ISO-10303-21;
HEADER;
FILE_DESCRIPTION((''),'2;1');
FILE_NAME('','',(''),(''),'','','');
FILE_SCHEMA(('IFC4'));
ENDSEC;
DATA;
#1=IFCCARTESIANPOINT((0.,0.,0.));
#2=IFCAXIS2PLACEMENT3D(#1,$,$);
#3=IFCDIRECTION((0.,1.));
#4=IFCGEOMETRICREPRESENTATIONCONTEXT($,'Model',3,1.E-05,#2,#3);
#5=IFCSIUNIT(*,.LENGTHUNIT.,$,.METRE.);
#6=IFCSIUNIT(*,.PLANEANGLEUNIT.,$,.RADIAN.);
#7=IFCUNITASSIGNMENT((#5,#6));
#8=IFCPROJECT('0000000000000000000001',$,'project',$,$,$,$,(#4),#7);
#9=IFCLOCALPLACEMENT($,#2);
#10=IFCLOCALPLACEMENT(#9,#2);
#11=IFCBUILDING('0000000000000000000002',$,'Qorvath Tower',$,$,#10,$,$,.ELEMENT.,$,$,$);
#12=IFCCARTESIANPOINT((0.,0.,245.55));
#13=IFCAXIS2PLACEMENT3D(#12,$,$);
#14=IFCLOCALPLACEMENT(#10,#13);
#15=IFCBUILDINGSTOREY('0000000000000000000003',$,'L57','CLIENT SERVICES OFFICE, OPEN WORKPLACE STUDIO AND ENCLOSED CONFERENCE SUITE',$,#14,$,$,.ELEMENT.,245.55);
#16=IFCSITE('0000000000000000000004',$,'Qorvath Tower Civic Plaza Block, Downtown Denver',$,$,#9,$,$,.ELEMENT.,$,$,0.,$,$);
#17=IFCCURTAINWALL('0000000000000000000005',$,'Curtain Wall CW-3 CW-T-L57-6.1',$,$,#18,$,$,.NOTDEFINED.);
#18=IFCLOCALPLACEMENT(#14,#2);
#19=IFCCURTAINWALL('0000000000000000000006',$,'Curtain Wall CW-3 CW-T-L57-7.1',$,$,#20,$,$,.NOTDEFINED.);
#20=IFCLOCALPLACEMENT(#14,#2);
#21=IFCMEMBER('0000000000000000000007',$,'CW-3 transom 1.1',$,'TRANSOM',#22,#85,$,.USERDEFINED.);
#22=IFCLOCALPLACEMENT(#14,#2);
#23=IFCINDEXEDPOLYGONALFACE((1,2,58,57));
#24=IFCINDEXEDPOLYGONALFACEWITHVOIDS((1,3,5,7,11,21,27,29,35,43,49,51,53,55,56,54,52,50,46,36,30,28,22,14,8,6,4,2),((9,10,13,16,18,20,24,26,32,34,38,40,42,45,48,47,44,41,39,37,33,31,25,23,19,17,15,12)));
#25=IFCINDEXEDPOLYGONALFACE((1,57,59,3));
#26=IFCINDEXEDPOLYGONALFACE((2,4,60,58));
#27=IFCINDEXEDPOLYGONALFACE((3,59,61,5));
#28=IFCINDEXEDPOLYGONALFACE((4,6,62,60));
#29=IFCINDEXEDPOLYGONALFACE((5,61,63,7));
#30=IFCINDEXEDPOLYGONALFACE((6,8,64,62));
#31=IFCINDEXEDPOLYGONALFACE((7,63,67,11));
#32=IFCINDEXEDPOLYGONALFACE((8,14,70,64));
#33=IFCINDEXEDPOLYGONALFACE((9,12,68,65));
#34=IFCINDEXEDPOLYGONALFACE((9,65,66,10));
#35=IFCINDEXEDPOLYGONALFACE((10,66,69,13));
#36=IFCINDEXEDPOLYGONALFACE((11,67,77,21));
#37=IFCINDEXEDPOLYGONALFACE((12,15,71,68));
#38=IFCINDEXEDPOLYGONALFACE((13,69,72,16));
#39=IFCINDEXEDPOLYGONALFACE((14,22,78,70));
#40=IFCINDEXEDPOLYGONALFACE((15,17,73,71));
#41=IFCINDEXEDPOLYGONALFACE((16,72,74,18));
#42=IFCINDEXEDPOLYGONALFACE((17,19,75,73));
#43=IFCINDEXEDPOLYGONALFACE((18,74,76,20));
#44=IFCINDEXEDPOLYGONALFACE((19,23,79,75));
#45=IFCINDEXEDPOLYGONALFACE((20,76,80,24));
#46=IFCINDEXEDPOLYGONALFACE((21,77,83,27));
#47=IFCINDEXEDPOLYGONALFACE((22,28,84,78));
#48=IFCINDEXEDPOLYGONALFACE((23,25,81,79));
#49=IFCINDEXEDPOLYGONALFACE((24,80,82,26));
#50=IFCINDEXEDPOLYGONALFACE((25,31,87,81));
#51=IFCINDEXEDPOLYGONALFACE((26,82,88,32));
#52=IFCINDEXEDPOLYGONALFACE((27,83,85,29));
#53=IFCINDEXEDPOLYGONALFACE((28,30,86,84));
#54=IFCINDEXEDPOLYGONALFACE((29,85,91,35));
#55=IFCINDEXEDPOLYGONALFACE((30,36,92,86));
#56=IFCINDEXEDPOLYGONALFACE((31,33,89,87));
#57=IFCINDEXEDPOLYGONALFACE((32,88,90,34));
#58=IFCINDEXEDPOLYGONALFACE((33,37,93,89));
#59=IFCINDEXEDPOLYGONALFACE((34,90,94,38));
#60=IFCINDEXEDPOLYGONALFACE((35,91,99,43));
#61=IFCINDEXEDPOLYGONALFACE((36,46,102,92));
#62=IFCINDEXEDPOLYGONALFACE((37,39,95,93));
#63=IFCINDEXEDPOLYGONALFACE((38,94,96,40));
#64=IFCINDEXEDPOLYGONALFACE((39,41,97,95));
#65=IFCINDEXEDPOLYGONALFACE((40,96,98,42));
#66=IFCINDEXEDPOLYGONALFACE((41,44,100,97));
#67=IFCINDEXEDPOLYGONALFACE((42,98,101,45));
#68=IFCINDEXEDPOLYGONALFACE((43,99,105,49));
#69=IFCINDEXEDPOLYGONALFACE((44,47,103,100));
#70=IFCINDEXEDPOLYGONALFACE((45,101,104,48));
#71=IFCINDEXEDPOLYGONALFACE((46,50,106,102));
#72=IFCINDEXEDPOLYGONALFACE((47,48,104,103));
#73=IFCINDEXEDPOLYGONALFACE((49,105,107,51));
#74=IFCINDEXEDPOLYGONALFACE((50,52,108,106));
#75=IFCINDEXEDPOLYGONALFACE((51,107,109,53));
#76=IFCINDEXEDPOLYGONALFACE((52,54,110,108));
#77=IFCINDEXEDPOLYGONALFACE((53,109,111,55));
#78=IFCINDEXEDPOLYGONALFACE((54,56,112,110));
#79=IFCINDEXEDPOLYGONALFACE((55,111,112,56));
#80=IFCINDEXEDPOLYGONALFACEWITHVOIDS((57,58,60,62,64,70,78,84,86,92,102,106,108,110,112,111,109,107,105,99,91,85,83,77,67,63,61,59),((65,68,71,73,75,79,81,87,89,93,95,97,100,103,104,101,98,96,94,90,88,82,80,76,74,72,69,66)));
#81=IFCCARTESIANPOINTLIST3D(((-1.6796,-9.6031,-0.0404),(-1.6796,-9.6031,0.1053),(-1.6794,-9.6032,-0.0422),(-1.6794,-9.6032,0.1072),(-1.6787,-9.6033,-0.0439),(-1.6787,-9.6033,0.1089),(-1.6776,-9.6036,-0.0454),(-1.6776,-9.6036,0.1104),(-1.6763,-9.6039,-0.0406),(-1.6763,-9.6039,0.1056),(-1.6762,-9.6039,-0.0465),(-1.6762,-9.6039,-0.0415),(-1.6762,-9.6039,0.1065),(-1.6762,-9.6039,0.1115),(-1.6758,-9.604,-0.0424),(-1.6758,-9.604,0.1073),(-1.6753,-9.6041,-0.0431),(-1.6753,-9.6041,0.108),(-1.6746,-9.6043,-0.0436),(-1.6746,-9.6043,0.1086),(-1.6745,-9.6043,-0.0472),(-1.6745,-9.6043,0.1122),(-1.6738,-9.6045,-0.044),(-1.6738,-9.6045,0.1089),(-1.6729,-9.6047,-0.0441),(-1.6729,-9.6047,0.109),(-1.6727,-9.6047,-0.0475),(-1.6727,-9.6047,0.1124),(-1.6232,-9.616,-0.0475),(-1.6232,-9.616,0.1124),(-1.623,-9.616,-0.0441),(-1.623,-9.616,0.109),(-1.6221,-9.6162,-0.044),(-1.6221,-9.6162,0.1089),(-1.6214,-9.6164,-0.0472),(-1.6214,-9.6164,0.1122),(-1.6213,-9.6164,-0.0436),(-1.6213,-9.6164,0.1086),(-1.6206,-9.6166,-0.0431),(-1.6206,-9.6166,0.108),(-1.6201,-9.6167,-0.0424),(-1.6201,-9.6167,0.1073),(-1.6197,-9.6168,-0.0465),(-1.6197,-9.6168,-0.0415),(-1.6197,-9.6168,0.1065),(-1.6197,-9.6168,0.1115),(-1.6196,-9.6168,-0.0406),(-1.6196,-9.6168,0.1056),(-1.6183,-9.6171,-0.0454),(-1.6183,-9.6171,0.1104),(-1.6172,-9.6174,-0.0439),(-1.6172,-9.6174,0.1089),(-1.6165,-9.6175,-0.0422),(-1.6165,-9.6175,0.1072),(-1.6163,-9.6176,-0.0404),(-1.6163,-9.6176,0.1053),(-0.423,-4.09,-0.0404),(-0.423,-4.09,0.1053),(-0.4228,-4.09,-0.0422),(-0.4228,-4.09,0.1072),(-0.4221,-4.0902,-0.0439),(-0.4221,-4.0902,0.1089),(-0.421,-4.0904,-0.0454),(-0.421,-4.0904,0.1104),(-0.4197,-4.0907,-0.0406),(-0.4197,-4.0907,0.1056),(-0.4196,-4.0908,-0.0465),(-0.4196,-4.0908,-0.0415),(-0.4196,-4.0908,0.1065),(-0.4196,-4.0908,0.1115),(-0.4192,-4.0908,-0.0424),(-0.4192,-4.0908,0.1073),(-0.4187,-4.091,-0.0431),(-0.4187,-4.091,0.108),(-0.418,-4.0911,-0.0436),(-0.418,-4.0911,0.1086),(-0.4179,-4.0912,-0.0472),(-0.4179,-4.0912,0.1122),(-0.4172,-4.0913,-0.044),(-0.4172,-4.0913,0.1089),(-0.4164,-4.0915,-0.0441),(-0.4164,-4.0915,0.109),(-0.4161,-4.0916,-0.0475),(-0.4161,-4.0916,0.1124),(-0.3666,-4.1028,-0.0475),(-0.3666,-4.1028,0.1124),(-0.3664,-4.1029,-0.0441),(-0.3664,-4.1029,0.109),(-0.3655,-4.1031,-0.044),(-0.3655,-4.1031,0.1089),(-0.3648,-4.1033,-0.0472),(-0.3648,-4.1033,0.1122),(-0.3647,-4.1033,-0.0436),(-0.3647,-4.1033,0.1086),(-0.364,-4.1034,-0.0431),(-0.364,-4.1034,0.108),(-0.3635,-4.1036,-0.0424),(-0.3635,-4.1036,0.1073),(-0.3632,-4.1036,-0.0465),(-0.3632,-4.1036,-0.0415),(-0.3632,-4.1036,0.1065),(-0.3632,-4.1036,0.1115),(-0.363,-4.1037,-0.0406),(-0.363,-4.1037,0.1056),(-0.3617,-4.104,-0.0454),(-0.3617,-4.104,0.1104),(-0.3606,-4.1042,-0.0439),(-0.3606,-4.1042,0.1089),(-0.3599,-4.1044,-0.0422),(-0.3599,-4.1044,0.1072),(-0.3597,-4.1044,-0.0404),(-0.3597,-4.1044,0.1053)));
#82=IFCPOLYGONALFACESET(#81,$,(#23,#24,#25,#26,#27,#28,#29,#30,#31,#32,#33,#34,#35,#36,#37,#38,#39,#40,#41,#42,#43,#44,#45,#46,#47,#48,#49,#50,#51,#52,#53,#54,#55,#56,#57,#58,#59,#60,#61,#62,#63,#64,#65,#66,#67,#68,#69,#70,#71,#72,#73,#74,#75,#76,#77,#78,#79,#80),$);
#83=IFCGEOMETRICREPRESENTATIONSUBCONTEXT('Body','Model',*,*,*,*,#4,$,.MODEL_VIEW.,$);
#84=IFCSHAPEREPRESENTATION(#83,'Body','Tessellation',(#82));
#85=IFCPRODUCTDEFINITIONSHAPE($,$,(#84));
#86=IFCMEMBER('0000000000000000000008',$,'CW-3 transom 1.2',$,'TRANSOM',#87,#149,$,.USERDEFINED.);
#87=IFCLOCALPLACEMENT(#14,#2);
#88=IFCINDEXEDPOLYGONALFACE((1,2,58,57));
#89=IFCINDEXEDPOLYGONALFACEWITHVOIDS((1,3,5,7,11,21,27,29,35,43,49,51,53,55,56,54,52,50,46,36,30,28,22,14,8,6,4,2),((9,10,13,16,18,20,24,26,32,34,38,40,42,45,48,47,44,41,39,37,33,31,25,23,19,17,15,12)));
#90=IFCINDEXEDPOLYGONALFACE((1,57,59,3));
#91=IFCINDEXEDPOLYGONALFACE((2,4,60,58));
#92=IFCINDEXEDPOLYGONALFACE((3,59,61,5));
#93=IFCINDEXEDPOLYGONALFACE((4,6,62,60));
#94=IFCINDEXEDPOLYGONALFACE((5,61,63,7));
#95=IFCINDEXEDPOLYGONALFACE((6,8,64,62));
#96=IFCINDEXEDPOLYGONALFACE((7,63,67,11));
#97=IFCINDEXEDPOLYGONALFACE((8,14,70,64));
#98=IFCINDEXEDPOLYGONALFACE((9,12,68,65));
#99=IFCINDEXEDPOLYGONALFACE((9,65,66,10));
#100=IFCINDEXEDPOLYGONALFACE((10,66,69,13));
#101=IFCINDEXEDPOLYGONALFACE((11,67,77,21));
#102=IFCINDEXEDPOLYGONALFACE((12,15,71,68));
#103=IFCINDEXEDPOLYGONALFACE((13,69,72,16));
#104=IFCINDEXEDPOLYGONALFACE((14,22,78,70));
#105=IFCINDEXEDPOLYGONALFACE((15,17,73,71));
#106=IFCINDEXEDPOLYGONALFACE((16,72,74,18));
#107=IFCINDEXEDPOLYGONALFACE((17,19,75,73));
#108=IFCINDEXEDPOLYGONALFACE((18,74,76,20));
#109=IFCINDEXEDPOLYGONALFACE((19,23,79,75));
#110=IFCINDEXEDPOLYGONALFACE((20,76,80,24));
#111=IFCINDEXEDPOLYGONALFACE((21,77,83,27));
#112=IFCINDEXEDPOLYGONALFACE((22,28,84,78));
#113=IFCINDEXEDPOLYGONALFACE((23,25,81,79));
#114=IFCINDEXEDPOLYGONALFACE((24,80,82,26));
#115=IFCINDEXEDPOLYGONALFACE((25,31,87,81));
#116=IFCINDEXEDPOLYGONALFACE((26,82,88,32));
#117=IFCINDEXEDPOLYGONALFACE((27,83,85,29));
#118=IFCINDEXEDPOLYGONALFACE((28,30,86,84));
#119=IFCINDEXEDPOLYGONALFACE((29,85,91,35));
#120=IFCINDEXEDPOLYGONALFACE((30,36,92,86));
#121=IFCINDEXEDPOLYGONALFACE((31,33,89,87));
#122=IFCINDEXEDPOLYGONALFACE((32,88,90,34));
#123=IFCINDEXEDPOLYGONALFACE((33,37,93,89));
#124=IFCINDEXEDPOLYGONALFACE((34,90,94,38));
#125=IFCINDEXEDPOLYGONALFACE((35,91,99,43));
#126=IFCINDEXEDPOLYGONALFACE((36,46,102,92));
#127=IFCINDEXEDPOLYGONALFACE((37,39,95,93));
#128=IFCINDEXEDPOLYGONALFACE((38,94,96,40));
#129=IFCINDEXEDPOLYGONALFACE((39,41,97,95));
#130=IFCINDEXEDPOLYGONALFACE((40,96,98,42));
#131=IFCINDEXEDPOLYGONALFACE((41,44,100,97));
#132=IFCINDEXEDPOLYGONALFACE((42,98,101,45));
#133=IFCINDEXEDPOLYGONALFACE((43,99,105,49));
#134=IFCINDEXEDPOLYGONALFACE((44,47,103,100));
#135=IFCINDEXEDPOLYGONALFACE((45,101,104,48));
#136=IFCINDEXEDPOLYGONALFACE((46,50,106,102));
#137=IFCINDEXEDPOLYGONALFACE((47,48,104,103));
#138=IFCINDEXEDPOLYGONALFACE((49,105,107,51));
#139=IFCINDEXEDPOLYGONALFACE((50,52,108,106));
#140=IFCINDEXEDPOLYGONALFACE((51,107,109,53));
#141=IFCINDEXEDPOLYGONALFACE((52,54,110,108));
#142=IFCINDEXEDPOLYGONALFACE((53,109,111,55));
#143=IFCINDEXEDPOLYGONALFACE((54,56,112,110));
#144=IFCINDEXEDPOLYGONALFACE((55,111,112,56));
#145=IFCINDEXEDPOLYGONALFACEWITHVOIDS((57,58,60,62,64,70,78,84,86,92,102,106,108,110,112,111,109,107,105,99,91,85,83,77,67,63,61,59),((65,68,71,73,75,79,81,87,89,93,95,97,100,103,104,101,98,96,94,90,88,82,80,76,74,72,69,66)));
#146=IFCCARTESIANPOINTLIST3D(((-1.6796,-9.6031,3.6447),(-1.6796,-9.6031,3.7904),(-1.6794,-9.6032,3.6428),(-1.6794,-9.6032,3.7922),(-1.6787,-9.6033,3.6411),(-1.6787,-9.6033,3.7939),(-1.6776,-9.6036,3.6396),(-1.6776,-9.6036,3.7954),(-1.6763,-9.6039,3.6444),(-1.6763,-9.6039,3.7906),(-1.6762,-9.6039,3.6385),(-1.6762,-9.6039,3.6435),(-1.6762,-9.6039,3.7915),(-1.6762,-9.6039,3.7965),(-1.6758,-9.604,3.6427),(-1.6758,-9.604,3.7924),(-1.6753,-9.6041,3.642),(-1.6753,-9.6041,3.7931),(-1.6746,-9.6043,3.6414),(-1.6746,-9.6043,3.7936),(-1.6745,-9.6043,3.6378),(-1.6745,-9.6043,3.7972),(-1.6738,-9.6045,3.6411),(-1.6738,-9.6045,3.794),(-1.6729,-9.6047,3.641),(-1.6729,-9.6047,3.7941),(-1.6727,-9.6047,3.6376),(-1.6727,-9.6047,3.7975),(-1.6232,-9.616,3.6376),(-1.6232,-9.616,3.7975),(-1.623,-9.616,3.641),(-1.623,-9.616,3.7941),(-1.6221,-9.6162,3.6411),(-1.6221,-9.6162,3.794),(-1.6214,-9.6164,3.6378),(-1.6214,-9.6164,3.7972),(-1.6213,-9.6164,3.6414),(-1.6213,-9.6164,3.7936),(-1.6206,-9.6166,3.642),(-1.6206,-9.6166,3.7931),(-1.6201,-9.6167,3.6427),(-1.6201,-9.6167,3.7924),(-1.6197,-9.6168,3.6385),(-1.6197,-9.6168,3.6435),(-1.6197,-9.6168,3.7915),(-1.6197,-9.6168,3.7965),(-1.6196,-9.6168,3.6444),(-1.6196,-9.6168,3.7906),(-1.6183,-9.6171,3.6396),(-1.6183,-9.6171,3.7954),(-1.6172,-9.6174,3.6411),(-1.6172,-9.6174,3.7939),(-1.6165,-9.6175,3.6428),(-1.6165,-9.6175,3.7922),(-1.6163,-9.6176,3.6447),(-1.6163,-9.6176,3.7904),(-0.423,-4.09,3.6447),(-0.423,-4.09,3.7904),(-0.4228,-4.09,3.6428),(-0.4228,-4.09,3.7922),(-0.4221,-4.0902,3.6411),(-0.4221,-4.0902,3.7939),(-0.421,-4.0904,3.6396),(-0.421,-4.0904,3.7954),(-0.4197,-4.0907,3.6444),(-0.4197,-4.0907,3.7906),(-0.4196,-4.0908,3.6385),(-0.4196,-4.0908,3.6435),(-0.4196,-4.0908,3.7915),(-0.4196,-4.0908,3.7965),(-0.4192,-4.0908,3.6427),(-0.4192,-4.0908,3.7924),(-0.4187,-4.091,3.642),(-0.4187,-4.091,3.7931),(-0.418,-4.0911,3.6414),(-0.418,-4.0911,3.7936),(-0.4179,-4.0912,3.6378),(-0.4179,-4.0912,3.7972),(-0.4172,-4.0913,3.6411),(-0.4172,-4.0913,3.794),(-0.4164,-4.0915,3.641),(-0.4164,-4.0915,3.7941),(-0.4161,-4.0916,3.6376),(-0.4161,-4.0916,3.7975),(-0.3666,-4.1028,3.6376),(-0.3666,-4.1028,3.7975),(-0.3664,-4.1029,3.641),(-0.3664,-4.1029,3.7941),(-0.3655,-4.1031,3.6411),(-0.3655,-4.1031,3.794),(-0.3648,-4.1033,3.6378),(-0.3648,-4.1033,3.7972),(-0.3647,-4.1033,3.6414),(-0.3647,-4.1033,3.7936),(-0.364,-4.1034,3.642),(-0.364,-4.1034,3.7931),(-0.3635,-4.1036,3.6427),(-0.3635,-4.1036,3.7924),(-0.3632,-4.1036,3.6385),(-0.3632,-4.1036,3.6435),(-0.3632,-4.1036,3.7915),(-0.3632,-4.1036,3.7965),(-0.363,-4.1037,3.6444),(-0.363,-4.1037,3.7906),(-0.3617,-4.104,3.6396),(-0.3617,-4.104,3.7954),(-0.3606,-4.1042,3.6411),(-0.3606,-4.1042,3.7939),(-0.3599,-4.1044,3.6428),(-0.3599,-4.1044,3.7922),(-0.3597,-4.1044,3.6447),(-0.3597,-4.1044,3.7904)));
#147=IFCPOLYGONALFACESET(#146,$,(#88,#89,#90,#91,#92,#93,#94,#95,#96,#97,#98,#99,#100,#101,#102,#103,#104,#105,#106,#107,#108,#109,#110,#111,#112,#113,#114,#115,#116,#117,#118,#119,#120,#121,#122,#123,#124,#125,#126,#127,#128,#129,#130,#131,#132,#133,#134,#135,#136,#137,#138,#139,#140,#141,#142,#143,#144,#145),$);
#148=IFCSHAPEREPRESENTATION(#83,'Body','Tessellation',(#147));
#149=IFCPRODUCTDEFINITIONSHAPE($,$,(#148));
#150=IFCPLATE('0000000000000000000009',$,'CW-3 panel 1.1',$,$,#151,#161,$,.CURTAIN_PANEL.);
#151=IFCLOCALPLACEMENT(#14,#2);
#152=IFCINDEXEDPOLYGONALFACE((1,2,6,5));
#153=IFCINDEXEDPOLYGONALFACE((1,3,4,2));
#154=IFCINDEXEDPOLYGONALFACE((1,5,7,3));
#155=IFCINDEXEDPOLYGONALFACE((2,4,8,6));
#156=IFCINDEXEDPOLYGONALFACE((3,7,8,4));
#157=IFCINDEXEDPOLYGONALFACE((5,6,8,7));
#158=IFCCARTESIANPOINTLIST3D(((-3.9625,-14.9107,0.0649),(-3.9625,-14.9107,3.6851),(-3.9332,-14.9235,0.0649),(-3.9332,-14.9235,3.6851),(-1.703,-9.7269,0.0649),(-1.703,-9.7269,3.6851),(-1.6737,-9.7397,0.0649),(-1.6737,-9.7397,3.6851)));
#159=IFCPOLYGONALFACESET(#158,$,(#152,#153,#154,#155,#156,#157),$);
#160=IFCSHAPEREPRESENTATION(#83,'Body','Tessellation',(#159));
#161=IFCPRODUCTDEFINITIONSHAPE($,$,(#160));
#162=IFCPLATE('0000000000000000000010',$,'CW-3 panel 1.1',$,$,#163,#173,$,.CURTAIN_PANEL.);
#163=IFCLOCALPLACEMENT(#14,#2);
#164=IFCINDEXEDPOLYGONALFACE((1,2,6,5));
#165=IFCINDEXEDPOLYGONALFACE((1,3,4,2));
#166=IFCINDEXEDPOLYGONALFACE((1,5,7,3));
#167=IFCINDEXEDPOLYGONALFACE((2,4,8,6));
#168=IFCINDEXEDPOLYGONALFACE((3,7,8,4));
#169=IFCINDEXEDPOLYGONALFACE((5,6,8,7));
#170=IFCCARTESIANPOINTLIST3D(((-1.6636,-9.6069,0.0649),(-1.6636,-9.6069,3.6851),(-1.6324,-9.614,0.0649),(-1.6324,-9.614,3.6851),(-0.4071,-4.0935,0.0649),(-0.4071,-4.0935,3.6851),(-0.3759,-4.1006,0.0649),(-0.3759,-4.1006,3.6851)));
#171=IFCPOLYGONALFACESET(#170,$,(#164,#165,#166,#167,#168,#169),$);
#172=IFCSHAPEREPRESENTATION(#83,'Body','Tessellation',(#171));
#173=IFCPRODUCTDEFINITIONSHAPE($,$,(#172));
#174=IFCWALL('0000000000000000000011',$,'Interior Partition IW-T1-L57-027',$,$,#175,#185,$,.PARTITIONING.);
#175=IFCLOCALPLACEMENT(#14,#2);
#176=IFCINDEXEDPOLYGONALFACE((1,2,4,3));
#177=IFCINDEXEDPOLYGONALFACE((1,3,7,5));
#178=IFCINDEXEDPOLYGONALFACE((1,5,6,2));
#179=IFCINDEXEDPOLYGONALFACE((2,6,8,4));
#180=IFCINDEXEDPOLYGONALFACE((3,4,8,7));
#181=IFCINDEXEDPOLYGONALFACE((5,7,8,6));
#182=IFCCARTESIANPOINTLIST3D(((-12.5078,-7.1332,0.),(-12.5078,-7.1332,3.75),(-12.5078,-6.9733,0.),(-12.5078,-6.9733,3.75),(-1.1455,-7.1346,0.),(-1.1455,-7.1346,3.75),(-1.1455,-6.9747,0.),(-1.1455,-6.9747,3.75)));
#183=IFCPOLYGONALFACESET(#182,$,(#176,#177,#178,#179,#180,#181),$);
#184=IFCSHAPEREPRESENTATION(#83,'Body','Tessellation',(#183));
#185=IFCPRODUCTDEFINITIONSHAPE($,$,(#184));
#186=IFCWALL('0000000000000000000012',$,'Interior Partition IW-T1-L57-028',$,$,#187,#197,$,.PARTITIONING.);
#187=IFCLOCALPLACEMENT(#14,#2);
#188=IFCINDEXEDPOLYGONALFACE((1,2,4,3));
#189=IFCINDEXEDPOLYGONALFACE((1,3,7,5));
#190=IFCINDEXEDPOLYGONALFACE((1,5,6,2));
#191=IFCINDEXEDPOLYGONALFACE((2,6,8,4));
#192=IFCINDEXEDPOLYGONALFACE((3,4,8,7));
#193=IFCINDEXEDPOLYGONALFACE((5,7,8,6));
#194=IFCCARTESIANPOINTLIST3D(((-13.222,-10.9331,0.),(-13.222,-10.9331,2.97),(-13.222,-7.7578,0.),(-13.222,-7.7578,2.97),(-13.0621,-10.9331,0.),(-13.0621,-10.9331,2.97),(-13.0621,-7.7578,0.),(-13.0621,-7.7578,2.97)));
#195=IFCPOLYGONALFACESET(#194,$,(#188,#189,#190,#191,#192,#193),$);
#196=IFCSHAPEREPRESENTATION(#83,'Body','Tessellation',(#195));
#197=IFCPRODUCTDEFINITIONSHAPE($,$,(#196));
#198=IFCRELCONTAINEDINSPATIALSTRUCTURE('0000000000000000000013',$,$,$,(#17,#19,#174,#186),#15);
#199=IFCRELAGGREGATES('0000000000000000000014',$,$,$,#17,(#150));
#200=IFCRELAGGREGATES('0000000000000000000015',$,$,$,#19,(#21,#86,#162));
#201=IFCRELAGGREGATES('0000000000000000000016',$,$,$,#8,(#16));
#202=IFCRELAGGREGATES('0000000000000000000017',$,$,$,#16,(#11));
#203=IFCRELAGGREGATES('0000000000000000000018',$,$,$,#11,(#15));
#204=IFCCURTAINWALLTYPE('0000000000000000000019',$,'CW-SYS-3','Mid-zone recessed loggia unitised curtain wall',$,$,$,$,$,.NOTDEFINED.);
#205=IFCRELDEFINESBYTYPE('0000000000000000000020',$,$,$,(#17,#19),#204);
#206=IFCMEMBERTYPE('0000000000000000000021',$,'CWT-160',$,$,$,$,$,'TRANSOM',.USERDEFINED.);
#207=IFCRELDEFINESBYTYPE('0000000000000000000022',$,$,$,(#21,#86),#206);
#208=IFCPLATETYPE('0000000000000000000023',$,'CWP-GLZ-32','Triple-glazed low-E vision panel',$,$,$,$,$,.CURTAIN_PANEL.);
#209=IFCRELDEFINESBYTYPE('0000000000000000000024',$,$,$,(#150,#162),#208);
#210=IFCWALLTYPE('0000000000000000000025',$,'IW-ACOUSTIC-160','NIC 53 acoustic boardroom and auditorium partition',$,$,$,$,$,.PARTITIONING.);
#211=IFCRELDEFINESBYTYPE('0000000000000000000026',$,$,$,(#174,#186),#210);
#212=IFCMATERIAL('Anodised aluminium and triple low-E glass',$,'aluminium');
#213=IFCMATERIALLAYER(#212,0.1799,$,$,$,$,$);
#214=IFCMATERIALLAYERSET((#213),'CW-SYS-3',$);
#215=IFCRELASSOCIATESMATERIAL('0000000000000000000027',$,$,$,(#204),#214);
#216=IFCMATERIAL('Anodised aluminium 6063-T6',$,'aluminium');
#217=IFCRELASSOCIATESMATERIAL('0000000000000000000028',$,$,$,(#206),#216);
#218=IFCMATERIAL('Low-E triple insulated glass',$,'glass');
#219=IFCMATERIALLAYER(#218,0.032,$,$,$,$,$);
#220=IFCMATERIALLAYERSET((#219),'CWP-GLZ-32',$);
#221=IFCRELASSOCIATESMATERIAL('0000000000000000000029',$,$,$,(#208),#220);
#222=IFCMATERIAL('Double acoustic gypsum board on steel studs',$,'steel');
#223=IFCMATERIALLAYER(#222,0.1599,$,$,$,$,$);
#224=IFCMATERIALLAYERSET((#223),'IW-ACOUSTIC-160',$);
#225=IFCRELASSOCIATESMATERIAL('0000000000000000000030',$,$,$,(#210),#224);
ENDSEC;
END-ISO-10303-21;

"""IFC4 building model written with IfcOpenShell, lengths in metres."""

from ifc_helpers import new_model, si_unit, direction, frame, frame_2d, origin, origin_2d, place, context, subcontext, project, spatial, rectangle, hollow_rectangle, extrude, material, layer, layer_set, material_profile, profile_set, type_object, element, aggregate, save


model = new_model("IFC4")

# Units and contexts
model_context = context("Model", 3, precision=1e-05, world=origin(), true_north=direction((0.0, 1.0)))
body_context = subcontext(model_context, "Body", "Model", "MODEL_VIEW")
ifc_project = project(units=[si_unit("LENGTHUNIT", "METRE"), si_unit("PLANEANGLEUNIT", "RADIAN")], contexts=[model_context])

# Site, building, storey
site_placement = place(None, origin())
site = spatial("IfcSite", under=ifc_project, at=site_placement, Name="Qorvath Tower Civic Plaza Block, Downtown Denver", CompositionType="ELEMENT", RefElevation=0.0)
building_placement = place(site_placement, origin())
building = spatial("IfcBuilding", under=site, at=building_placement, Name="Qorvath Tower", CompositionType="ELEMENT")
storey_placement = place(building_placement, frame((0.0, 0.0, 245.55)))
storey = spatial("IfcBuildingStorey", under=building, at=storey_placement, Name="L57", Description="CLIENT SERVICES OFFICE, OPEN WORKPLACE STUDIO AND ENCLOSED CONFERENCE SUITE", CompositionType="ELEMENT", Elevation=245.55)

# Curtain wall
ifc_material_1 = material(Name="Anodised aluminium and triple low-E glass", Category="aluminium")
ifc_layer_1 = layer(ifc_material_1, 0.1799)
ifc_layer_set_1 = layer_set([ifc_layer_1], Name="CW-SYS-3")
curtain_wall_type = type_object("IfcCurtainWallType", Name="CW-SYS-3", Description="Mid-zone recessed loggia unitised curtain wall", PredefinedType="NOTDEFINED", material=ifc_layer_set_1)
curtain_wall_1_placement = place(storey_placement, origin())
curtain_wall_1 = element("IfcCurtainWall", 1, at=curtain_wall_1_placement, inside=storey, type_object=curtain_wall_type, Name="Curtain Wall CW-3 CW-T-L57-6.1", PredefinedType="NOTDEFINED")

# Curtain wall, members
curtain_wall_2_placement = place(storey_placement, origin())
curtain_wall_2 = element("IfcCurtainWall", 2, at=curtain_wall_2_placement, inside=storey, type_object=curtain_wall_type, Name="Curtain Wall CW-3 CW-T-L57-7.1", PredefinedType="NOTDEFINED")
ifc_material_2 = material(Name="Anodised aluminium 6063-T6", Category="aluminium")
ifc_material_profile_1 = material_profile(ifc_material_2, hollow_rectangle(XDim=0.0649, YDim=0.1599, WallThickness=0.0034, InnerFilletRadius=0.0034, OuterFilletRadius=0.0071, at=origin_2d()), Name="CWT 160x65")
ifc_profile_set_1 = profile_set([ifc_material_profile_1], Name="Anodised aluminium 6063-T6")
member_type_1 = type_object("IfcMemberType", Name="CWT-160", ElementType="TRANSOM", PredefinedType="USERDEFINED", material=ifc_profile_set_1)
member_1_placement = place(storey_placement, frame((-1.6479, -9.6104, 0.0325), z_axis=(0.222226, 0.974995, 0.0), x_axis=(-0.974995, 0.222226, 0.0)))
member_1 = element("IfcMember", 3, at=member_1_placement, type_object=member_type_1, Name="CW-3 transom 1.1", ObjectType="TRANSOM", PredefinedType="USERDEFINED", context=body_context, shape_type="SweptSolid", body=[
    extrude(hollow_rectangle(XDim=0.0649, YDim=0.1599, WallThickness=0.0034, InnerFilletRadius=0.0034, OuterFilletRadius=0.0071, at=origin_2d()), origin(), (0.0, 0.0, 1.0), 5.6545),
])
member_2_placement = place(storey_placement, frame((-1.6479, -9.6104, 3.7175), z_axis=(0.222226, 0.974995, 0.0), x_axis=(-0.974995, 0.222226, 0.0)))
member_2 = element("IfcMember", 4, at=member_2_placement, type_object=member_type_1, Name="CW-3 transom 1.2", ObjectType="TRANSOM", PredefinedType="USERDEFINED", context=body_context, shape_type="SweptSolid", body=[
    extrude(hollow_rectangle(XDim=0.0649, YDim=0.1599, WallThickness=0.0034, InnerFilletRadius=0.0034, OuterFilletRadius=0.0071, at=origin_2d()), origin(), (0.0, 0.0, 1.0), 5.6545),
])

# Plates
ifc_material_3 = material(Name="Low-E triple insulated glass", Category="glass")
ifc_layer_2 = layer(ifc_material_3, 0.032)
ifc_layer_set_2 = layer_set([ifc_layer_2], Name="CWP-GLZ-32")
plate_type = type_object("IfcPlateType", Name="CWP-GLZ-32", Description="Triple-glazed low-E vision panel", PredefinedType="CURTAIN_PANEL", material=ifc_layer_set_2)
plate_1_placement = place(storey_placement, frame((-2.8181, -12.3252, 0.0649), z_axis=(0.0, 0.0, 1.0), x_axis=(0.399576, 0.9167, 0.0)))
plate_1 = element("IfcPlate", 5, at=plate_1_placement, type_object=plate_type, Name="CW-3 panel 1.1", PredefinedType="CURTAIN_PANEL", context=body_context, shape_type="SweptSolid", body=[
    extrude(rectangle(XDim=5.6548, YDim=0.032, at=origin_2d()), origin(), (0.0, 0.0, 1.0), 3.6201),
])
aggregate(curtain_wall_1, [plate_1])
plate_2_placement = place(storey_placement, frame((-1.0198, -6.8538, 0.0649), z_axis=(0.0, 0.0, 1.0), x_axis=(0.222206, 0.975, 0.0)))
plate_2 = element("IfcPlate", 6, at=plate_2_placement, type_object=plate_type, Name="CW-3 panel 1.1", PredefinedType="CURTAIN_PANEL", context=body_context, shape_type="SweptSolid", body=[
    extrude(rectangle(XDim=5.6548, YDim=0.032, at=origin_2d()), origin(), (0.0, 0.0, 1.0), 3.6201),
])
aggregate(curtain_wall_2, [member_1, member_2, plate_2])

# Walls
ifc_material_4 = material(Name="Double acoustic gypsum board on steel studs", Category="steel")
ifc_layer_3 = layer(ifc_material_4, 0.1599)
ifc_layer_set_3 = layer_set([ifc_layer_3], Name="IW-ACOUSTIC-160")
wall_type_1 = type_object("IfcWallType", Name="IW-ACOUSTIC-160", Description="NIC 53 acoustic boardroom and auditorium partition", PredefinedType="PARTITIONING", material=ifc_layer_set_3)
wall_1_placement = place(storey_placement, frame((-1.1455, -7.0547, 0.0), z_axis=(0.0, 0.0, 1.0), x_axis=(-1.0, 0.000129, 0.0)))
element("IfcWall", 7, at=wall_1_placement, inside=storey, type_object=wall_type_1, Name="Interior Partition IW-T1-L57-027", PredefinedType="PARTITIONING", context=body_context, shape_type="SweptSolid", body=[
    extrude(rectangle(XDim=11.3623, YDim=0.1599, at=frame_2d((5.6812, 0.0))), origin(), (0.0, 0.0, 1.0), 3.75),
])
wall_2_placement = place(storey_placement, frame((-13.1421, -10.9331, 0.0), z_axis=(0.0, 0.0, 1.0), x_axis=(0.0, 1.0, 0.0)))
element("IfcWall", 8, at=wall_2_placement, inside=storey, type_object=wall_type_1, Name="Interior Partition IW-T1-L57-028", PredefinedType="PARTITIONING", context=body_context, shape_type="SweptSolid", body=[
    extrude(rectangle(XDim=3.1753, YDim=0.1599, at=frame_2d((1.5876, 0.0))), origin(), (0.0, 0.0, 1.0), 2.97),
])

save(model, "model.ifc")
